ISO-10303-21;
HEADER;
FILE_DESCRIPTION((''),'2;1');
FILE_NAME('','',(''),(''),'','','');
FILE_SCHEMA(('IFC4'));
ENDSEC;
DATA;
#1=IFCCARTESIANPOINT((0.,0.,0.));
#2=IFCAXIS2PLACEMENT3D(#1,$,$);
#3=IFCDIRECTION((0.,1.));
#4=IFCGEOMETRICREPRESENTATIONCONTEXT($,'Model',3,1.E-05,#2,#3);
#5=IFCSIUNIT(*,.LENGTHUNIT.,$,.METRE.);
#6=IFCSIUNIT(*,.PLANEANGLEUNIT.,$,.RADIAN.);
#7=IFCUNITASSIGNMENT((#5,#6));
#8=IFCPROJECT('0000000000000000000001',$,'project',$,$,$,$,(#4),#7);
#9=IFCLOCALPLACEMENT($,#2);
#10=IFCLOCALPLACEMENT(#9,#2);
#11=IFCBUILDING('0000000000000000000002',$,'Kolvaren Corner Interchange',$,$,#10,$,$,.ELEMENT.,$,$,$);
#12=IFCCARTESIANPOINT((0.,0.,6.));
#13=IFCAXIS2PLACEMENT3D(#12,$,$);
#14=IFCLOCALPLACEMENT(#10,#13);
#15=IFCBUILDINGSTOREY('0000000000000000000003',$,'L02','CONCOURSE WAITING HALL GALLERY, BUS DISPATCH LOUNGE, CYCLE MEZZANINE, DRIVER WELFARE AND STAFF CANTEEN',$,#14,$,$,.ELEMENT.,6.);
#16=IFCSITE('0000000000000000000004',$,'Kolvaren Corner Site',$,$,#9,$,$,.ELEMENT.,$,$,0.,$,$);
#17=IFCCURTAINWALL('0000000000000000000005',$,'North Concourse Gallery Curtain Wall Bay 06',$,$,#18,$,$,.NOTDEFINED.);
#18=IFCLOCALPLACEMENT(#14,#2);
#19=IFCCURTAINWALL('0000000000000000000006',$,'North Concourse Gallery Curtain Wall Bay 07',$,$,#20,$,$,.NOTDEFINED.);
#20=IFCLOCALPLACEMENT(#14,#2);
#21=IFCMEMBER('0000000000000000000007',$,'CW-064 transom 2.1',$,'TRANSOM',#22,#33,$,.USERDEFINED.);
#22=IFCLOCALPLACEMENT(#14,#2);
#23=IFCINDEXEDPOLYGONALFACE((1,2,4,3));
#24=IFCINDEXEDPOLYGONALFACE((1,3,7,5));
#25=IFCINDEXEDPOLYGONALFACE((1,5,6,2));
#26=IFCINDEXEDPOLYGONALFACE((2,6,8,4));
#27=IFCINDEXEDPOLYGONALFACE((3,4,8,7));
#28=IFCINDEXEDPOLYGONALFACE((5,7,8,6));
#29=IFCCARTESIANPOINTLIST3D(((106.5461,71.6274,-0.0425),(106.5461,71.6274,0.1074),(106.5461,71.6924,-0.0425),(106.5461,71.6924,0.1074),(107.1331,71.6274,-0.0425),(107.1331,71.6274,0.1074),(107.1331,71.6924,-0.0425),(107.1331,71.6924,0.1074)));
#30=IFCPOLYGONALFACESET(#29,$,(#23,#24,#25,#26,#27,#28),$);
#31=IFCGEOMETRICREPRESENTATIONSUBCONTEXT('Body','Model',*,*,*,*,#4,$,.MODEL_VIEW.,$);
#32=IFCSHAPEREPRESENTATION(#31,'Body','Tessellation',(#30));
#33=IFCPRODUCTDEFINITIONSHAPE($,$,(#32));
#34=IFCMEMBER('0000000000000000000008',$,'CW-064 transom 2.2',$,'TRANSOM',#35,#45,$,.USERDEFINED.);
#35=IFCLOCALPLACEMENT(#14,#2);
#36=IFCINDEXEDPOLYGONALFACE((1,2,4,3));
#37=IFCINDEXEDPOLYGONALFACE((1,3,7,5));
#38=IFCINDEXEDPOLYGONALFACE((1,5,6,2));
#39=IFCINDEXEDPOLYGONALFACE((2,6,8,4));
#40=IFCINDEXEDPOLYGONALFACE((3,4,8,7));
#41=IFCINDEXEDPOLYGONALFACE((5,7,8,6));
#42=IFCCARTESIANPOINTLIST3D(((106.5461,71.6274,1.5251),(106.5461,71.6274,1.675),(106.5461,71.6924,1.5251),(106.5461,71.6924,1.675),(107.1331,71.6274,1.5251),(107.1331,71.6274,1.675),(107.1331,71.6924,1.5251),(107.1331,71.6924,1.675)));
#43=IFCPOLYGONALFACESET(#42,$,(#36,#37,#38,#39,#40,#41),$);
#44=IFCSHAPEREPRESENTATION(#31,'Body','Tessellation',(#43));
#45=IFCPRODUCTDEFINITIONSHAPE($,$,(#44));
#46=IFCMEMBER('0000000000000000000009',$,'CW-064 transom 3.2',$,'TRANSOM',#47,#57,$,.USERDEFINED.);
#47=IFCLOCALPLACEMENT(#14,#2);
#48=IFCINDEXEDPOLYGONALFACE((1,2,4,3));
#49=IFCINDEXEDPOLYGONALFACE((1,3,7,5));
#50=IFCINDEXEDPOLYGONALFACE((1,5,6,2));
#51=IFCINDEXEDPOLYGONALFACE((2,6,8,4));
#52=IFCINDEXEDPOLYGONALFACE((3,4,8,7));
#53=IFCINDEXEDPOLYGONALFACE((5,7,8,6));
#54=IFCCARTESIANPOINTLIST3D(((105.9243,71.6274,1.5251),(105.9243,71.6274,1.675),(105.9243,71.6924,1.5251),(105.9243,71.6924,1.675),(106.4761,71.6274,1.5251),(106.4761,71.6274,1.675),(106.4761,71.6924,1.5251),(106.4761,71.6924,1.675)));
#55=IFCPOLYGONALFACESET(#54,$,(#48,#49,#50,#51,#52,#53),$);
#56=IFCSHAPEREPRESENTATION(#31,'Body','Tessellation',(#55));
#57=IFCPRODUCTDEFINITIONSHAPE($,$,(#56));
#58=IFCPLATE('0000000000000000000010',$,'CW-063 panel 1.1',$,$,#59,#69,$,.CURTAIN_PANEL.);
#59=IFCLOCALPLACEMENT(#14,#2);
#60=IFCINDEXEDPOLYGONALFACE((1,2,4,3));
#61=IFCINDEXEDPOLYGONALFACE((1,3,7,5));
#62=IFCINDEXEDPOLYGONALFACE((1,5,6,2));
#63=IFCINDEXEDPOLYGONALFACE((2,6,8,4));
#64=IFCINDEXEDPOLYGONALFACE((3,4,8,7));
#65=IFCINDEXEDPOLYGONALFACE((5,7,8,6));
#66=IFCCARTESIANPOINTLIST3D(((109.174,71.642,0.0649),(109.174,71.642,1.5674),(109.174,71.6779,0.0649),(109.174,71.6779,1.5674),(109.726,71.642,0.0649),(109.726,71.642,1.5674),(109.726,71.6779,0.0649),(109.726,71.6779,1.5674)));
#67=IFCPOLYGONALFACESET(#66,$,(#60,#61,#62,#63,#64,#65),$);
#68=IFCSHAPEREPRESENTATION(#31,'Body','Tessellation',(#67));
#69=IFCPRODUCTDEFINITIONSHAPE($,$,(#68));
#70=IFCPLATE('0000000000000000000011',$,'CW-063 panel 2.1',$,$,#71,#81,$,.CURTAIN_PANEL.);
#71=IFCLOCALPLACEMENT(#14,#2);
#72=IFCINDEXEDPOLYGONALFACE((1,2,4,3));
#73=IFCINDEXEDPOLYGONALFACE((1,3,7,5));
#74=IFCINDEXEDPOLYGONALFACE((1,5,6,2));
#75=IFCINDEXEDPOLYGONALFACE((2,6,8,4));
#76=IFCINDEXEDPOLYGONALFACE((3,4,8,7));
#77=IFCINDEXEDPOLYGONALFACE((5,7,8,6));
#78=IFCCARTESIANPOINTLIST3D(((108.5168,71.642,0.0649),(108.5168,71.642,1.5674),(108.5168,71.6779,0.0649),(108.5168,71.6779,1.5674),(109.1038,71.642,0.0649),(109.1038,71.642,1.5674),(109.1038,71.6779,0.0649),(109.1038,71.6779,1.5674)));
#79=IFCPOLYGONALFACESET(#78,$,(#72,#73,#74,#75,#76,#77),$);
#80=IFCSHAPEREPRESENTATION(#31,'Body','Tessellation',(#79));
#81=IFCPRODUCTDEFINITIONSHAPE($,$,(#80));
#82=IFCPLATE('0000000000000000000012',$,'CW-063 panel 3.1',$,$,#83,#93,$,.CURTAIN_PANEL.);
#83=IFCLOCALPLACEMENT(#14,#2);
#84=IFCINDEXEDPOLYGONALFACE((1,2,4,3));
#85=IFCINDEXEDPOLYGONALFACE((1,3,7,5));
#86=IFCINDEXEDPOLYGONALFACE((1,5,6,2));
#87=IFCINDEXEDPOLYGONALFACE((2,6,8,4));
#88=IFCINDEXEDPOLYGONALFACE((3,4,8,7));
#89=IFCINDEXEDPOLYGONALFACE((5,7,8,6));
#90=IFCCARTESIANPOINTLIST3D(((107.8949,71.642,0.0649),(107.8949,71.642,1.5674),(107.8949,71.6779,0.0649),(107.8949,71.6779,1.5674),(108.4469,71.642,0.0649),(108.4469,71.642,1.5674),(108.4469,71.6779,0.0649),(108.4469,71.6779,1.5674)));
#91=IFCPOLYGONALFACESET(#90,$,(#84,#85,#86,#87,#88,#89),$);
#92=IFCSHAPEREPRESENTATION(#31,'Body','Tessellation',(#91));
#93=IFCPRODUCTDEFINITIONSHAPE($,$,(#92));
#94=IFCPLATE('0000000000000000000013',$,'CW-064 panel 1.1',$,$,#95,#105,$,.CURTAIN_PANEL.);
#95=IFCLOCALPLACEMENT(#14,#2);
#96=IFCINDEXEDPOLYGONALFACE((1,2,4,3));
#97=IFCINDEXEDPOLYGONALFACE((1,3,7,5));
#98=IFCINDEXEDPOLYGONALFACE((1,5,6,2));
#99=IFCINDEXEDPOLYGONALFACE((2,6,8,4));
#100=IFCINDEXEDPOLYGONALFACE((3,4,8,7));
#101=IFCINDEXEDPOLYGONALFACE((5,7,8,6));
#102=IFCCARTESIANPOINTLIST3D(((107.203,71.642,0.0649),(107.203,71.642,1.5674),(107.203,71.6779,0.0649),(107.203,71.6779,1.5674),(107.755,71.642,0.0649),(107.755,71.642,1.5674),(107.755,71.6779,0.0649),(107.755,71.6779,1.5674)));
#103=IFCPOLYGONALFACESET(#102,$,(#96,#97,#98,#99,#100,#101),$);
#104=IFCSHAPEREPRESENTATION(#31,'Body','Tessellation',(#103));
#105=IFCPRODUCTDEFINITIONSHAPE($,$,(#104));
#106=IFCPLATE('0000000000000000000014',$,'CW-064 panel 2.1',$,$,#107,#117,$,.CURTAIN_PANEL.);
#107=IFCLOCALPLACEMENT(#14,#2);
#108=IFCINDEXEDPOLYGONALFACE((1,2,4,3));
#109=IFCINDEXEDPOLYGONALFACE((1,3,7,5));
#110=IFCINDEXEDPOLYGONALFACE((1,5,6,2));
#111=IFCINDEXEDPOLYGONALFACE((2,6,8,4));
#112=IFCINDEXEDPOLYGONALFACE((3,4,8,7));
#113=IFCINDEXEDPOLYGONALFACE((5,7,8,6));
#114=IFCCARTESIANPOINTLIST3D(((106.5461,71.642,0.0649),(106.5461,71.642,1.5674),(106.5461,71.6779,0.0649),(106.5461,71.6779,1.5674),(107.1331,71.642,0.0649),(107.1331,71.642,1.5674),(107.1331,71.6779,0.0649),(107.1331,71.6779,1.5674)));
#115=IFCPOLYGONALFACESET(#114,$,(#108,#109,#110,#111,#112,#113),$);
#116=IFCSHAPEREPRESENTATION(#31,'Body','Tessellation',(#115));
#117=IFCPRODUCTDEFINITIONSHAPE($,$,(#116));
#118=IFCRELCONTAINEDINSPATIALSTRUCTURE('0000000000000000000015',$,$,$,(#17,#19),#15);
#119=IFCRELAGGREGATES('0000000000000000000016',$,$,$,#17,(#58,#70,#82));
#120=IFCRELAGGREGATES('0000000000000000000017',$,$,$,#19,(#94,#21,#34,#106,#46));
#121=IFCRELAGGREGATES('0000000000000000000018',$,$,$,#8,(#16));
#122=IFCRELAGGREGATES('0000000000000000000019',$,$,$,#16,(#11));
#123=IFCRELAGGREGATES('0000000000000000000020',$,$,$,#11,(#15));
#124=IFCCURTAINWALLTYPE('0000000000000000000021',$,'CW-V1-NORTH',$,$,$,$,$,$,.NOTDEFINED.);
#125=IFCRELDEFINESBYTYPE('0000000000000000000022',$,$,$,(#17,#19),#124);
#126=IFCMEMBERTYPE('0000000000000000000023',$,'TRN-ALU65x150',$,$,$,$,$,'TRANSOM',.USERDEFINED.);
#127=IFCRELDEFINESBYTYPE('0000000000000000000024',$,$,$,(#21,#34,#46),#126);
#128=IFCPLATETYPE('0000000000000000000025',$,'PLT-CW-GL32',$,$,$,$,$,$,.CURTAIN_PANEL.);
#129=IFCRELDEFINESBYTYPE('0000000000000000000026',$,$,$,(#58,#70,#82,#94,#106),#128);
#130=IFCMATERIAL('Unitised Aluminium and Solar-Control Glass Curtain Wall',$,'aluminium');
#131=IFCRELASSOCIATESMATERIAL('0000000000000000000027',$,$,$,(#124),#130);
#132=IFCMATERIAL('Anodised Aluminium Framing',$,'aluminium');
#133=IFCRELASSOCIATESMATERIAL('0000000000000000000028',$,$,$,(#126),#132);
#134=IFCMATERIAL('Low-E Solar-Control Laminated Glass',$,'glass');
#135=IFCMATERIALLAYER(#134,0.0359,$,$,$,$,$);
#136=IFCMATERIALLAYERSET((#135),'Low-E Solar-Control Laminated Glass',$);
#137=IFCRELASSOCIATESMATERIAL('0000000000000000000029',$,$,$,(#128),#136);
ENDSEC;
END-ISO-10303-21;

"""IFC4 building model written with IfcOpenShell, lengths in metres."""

from ifc_helpers import new_model, si_unit, direction, frame, origin, origin_2d, place, context, subcontext, project, spatial, rectangle, extrude, material, layer, layer_set, material_profile, profile_set, type_object, element, aggregate, save


model = new_model("IFC4")

# Units and contexts
model_context = context("Model", 3, precision=1e-05, world=origin(), true_north=direction((0.0, 1.0)))
body_context = subcontext(model_context, "Body", "Model", "MODEL_VIEW")
ifc_project = project(units=[si_unit("LENGTHUNIT", "METRE"), si_unit("PLANEANGLEUNIT", "RADIAN")], contexts=[model_context])

# Site, building, storey
site_placement = place(None, origin())
site = spatial("IfcSite", under=ifc_project, at=site_placement, Name="Kolvaren Corner Site", CompositionType="ELEMENT", RefElevation=0.0)
building_placement = place(site_placement, origin())
building = spatial("IfcBuilding", under=site, at=building_placement, Name="Kolvaren Corner Interchange", CompositionType="ELEMENT")
storey_placement = place(building_placement, frame((0.0, 0.0, 6.0)))
storey = spatial("IfcBuildingStorey", under=building, at=storey_placement, Name="L02", Description="CONCOURSE WAITING HALL GALLERY, BUS DISPATCH LOUNGE, CYCLE MEZZANINE, DRIVER WELFARE AND STAFF CANTEEN", CompositionType="ELEMENT", Elevation=6.0)

# Shared definitions
ifc_material_1 = material(Name="Unitised Aluminium and Solar-Control Glass Curtain Wall", Category="aluminium")
curtain_wall_type = type_object("IfcCurtainWallType", Name="CW-V1-NORTH", PredefinedType="NOTDEFINED", material=ifc_material_1)

# Curtain walls
curtain_wall_1_placement = place(storey_placement, origin())
curtain_wall_1 = element("IfcCurtainWall", 1, at=curtain_wall_1_placement, inside=storey, type_object=curtain_wall_type, Name="North Concourse Gallery Curtain Wall Bay 06", PredefinedType="NOTDEFINED")
curtain_wall_2_placement = place(storey_placement, origin())
curtain_wall_2 = element("IfcCurtainWall", 2, at=curtain_wall_2_placement, inside=storey, type_object=curtain_wall_type, Name="North Concourse Gallery Curtain Wall Bay 07", PredefinedType="NOTDEFINED")

# Members
ifc_material_2 = material(Name="Anodised Aluminium Framing", Category="aluminium")
ifc_material_profile_1 = material_profile(ifc_material_2, rectangle(XDim=0.0649, YDim=0.1499, at=origin_2d()), Name="ALU 65x150")
ifc_profile_set_1 = profile_set([ifc_material_profile_1], Name="Anodised Aluminium Framing")
member_type_1 = type_object("IfcMemberType", Name="TRN-ALU65x150", ElementType="TRANSOM", PredefinedType="USERDEFINED", material=ifc_profile_set_1)
member_1_placement = place(storey_placement, frame((107.1331, 71.6599, 0.0325), z_axis=(-1.0, 0.0, 0.0), x_axis=(0.0, -1.0, 0.0)))
member_1 = element("IfcMember", 3, at=member_1_placement, type_object=member_type_1, Name="CW-064 transom 2.1", ObjectType="TRANSOM", PredefinedType="USERDEFINED", context=body_context, shape_type="SweptSolid", body=[
    extrude(rectangle(XDim=0.0649, YDim=0.1499, at=origin_2d()), origin(), (0.0, 0.0, 1.0), 0.5869),
])
member_2_placement = place(storey_placement, frame((107.1331, 71.6599, 1.6001), z_axis=(-1.0, 0.0, 0.0), x_axis=(0.0, -1.0, 0.0)))
member_2 = element("IfcMember", 4, at=member_2_placement, type_object=member_type_1, Name="CW-064 transom 2.2", ObjectType="TRANSOM", PredefinedType="USERDEFINED", context=body_context, shape_type="SweptSolid", body=[
    extrude(rectangle(XDim=0.0649, YDim=0.1499, at=origin_2d()), origin(), (0.0, 0.0, 1.0), 0.5869),
])
member_3_placement = place(storey_placement, frame((106.4761, 71.6599, 1.6001), z_axis=(-1.0, 0.0, 0.0), x_axis=(0.0, -1.0, 0.0)))
member_3 = element("IfcMember", 5, at=member_3_placement, type_object=member_type_1, Name="CW-064 transom 3.2", ObjectType="TRANSOM", PredefinedType="USERDEFINED", context=body_context, shape_type="SweptSolid", body=[
    extrude(rectangle(XDim=0.0649, YDim=0.1499, at=origin_2d()), origin(), (0.0, 0.0, 1.0), 0.5518),
])

# Plates
ifc_material_3 = material(Name="Low-E Solar-Control Laminated Glass", Category="glass")
ifc_layer = layer(ifc_material_3, 0.0359)
ifc_layer_set = layer_set([ifc_layer], Name="Low-E Solar-Control Laminated Glass")
plate_type = type_object("IfcPlateType", Name="PLT-CW-GL32", PredefinedType="CURTAIN_PANEL", material=ifc_layer_set)
plate_1_placement = place(storey_placement, frame((109.45, 71.6599, 0.0649), z_axis=(0.0, 0.0, 1.0), x_axis=(-1.0, 0.0, 0.0)))
plate_1 = element("IfcPlate", 6, at=plate_1_placement, type_object=plate_type, Name="CW-063 panel 1.1", PredefinedType="CURTAIN_PANEL", context=body_context, shape_type="SweptSolid", body=[
    extrude(rectangle(XDim=0.552, YDim=0.0359, at=origin_2d()), origin(), (0.0, 0.0, 1.0), 1.5024),
])
plate_2_placement = place(storey_placement, frame((108.8103, 71.6599, 0.0649), z_axis=(0.0, 0.0, 1.0), x_axis=(-1.0, 0.0, 0.0)))
plate_2 = element("IfcPlate", 7, at=plate_2_placement, type_object=plate_type, Name="CW-063 panel 2.1", PredefinedType="CURTAIN_PANEL", context=body_context, shape_type="SweptSolid", body=[
    extrude(rectangle(XDim=0.5869, YDim=0.0359, at=origin_2d()), origin(), (0.0, 0.0, 1.0), 1.5024),
])
plate_3_placement = place(storey_placement, frame((108.1709, 71.6599, 0.0649), z_axis=(0.0, 0.0, 1.0), x_axis=(-1.0, 0.0, 0.0)))
plate_3 = element("IfcPlate", 8, at=plate_3_placement, type_object=plate_type, Name="CW-063 panel 3.1", PredefinedType="CURTAIN_PANEL", context=body_context, shape_type="SweptSolid", body=[
    extrude(rectangle(XDim=0.552, YDim=0.0359, at=origin_2d()), origin(), (0.0, 0.0, 1.0), 1.5024),
])
aggregate(curtain_wall_1, [plate_1, plate_2, plate_3])
plate_4_placement = place(storey_placement, frame((107.479, 71.6599, 0.0649), z_axis=(0.0, 0.0, 1.0), x_axis=(-1.0, 0.0, 0.0)))
plate_4 = element("IfcPlate", 9, at=plate_4_placement, type_object=plate_type, Name="CW-064 panel 1.1", PredefinedType="CURTAIN_PANEL", context=body_context, shape_type="SweptSolid", body=[
    extrude(rectangle(XDim=0.552, YDim=0.0359, at=origin_2d()), origin(), (0.0, 0.0, 1.0), 1.5024),
])
plate_5_placement = place(storey_placement, frame((106.8396, 71.6599, 0.0649), z_axis=(0.0, 0.0, 1.0), x_axis=(-1.0, 0.0, 0.0)))
plate_5 = element("IfcPlate", 10, at=plate_5_placement, type_object=plate_type, Name="CW-064 panel 2.1", PredefinedType="CURTAIN_PANEL", context=body_context, shape_type="SweptSolid", body=[
    extrude(rectangle(XDim=0.5869, YDim=0.0359, at=origin_2d()), origin(), (0.0, 0.0, 1.0), 1.5024),
])
aggregate(curtain_wall_2, [plate_4, member_1, member_2, plate_5, member_3])

save(model, "model.ifc")
